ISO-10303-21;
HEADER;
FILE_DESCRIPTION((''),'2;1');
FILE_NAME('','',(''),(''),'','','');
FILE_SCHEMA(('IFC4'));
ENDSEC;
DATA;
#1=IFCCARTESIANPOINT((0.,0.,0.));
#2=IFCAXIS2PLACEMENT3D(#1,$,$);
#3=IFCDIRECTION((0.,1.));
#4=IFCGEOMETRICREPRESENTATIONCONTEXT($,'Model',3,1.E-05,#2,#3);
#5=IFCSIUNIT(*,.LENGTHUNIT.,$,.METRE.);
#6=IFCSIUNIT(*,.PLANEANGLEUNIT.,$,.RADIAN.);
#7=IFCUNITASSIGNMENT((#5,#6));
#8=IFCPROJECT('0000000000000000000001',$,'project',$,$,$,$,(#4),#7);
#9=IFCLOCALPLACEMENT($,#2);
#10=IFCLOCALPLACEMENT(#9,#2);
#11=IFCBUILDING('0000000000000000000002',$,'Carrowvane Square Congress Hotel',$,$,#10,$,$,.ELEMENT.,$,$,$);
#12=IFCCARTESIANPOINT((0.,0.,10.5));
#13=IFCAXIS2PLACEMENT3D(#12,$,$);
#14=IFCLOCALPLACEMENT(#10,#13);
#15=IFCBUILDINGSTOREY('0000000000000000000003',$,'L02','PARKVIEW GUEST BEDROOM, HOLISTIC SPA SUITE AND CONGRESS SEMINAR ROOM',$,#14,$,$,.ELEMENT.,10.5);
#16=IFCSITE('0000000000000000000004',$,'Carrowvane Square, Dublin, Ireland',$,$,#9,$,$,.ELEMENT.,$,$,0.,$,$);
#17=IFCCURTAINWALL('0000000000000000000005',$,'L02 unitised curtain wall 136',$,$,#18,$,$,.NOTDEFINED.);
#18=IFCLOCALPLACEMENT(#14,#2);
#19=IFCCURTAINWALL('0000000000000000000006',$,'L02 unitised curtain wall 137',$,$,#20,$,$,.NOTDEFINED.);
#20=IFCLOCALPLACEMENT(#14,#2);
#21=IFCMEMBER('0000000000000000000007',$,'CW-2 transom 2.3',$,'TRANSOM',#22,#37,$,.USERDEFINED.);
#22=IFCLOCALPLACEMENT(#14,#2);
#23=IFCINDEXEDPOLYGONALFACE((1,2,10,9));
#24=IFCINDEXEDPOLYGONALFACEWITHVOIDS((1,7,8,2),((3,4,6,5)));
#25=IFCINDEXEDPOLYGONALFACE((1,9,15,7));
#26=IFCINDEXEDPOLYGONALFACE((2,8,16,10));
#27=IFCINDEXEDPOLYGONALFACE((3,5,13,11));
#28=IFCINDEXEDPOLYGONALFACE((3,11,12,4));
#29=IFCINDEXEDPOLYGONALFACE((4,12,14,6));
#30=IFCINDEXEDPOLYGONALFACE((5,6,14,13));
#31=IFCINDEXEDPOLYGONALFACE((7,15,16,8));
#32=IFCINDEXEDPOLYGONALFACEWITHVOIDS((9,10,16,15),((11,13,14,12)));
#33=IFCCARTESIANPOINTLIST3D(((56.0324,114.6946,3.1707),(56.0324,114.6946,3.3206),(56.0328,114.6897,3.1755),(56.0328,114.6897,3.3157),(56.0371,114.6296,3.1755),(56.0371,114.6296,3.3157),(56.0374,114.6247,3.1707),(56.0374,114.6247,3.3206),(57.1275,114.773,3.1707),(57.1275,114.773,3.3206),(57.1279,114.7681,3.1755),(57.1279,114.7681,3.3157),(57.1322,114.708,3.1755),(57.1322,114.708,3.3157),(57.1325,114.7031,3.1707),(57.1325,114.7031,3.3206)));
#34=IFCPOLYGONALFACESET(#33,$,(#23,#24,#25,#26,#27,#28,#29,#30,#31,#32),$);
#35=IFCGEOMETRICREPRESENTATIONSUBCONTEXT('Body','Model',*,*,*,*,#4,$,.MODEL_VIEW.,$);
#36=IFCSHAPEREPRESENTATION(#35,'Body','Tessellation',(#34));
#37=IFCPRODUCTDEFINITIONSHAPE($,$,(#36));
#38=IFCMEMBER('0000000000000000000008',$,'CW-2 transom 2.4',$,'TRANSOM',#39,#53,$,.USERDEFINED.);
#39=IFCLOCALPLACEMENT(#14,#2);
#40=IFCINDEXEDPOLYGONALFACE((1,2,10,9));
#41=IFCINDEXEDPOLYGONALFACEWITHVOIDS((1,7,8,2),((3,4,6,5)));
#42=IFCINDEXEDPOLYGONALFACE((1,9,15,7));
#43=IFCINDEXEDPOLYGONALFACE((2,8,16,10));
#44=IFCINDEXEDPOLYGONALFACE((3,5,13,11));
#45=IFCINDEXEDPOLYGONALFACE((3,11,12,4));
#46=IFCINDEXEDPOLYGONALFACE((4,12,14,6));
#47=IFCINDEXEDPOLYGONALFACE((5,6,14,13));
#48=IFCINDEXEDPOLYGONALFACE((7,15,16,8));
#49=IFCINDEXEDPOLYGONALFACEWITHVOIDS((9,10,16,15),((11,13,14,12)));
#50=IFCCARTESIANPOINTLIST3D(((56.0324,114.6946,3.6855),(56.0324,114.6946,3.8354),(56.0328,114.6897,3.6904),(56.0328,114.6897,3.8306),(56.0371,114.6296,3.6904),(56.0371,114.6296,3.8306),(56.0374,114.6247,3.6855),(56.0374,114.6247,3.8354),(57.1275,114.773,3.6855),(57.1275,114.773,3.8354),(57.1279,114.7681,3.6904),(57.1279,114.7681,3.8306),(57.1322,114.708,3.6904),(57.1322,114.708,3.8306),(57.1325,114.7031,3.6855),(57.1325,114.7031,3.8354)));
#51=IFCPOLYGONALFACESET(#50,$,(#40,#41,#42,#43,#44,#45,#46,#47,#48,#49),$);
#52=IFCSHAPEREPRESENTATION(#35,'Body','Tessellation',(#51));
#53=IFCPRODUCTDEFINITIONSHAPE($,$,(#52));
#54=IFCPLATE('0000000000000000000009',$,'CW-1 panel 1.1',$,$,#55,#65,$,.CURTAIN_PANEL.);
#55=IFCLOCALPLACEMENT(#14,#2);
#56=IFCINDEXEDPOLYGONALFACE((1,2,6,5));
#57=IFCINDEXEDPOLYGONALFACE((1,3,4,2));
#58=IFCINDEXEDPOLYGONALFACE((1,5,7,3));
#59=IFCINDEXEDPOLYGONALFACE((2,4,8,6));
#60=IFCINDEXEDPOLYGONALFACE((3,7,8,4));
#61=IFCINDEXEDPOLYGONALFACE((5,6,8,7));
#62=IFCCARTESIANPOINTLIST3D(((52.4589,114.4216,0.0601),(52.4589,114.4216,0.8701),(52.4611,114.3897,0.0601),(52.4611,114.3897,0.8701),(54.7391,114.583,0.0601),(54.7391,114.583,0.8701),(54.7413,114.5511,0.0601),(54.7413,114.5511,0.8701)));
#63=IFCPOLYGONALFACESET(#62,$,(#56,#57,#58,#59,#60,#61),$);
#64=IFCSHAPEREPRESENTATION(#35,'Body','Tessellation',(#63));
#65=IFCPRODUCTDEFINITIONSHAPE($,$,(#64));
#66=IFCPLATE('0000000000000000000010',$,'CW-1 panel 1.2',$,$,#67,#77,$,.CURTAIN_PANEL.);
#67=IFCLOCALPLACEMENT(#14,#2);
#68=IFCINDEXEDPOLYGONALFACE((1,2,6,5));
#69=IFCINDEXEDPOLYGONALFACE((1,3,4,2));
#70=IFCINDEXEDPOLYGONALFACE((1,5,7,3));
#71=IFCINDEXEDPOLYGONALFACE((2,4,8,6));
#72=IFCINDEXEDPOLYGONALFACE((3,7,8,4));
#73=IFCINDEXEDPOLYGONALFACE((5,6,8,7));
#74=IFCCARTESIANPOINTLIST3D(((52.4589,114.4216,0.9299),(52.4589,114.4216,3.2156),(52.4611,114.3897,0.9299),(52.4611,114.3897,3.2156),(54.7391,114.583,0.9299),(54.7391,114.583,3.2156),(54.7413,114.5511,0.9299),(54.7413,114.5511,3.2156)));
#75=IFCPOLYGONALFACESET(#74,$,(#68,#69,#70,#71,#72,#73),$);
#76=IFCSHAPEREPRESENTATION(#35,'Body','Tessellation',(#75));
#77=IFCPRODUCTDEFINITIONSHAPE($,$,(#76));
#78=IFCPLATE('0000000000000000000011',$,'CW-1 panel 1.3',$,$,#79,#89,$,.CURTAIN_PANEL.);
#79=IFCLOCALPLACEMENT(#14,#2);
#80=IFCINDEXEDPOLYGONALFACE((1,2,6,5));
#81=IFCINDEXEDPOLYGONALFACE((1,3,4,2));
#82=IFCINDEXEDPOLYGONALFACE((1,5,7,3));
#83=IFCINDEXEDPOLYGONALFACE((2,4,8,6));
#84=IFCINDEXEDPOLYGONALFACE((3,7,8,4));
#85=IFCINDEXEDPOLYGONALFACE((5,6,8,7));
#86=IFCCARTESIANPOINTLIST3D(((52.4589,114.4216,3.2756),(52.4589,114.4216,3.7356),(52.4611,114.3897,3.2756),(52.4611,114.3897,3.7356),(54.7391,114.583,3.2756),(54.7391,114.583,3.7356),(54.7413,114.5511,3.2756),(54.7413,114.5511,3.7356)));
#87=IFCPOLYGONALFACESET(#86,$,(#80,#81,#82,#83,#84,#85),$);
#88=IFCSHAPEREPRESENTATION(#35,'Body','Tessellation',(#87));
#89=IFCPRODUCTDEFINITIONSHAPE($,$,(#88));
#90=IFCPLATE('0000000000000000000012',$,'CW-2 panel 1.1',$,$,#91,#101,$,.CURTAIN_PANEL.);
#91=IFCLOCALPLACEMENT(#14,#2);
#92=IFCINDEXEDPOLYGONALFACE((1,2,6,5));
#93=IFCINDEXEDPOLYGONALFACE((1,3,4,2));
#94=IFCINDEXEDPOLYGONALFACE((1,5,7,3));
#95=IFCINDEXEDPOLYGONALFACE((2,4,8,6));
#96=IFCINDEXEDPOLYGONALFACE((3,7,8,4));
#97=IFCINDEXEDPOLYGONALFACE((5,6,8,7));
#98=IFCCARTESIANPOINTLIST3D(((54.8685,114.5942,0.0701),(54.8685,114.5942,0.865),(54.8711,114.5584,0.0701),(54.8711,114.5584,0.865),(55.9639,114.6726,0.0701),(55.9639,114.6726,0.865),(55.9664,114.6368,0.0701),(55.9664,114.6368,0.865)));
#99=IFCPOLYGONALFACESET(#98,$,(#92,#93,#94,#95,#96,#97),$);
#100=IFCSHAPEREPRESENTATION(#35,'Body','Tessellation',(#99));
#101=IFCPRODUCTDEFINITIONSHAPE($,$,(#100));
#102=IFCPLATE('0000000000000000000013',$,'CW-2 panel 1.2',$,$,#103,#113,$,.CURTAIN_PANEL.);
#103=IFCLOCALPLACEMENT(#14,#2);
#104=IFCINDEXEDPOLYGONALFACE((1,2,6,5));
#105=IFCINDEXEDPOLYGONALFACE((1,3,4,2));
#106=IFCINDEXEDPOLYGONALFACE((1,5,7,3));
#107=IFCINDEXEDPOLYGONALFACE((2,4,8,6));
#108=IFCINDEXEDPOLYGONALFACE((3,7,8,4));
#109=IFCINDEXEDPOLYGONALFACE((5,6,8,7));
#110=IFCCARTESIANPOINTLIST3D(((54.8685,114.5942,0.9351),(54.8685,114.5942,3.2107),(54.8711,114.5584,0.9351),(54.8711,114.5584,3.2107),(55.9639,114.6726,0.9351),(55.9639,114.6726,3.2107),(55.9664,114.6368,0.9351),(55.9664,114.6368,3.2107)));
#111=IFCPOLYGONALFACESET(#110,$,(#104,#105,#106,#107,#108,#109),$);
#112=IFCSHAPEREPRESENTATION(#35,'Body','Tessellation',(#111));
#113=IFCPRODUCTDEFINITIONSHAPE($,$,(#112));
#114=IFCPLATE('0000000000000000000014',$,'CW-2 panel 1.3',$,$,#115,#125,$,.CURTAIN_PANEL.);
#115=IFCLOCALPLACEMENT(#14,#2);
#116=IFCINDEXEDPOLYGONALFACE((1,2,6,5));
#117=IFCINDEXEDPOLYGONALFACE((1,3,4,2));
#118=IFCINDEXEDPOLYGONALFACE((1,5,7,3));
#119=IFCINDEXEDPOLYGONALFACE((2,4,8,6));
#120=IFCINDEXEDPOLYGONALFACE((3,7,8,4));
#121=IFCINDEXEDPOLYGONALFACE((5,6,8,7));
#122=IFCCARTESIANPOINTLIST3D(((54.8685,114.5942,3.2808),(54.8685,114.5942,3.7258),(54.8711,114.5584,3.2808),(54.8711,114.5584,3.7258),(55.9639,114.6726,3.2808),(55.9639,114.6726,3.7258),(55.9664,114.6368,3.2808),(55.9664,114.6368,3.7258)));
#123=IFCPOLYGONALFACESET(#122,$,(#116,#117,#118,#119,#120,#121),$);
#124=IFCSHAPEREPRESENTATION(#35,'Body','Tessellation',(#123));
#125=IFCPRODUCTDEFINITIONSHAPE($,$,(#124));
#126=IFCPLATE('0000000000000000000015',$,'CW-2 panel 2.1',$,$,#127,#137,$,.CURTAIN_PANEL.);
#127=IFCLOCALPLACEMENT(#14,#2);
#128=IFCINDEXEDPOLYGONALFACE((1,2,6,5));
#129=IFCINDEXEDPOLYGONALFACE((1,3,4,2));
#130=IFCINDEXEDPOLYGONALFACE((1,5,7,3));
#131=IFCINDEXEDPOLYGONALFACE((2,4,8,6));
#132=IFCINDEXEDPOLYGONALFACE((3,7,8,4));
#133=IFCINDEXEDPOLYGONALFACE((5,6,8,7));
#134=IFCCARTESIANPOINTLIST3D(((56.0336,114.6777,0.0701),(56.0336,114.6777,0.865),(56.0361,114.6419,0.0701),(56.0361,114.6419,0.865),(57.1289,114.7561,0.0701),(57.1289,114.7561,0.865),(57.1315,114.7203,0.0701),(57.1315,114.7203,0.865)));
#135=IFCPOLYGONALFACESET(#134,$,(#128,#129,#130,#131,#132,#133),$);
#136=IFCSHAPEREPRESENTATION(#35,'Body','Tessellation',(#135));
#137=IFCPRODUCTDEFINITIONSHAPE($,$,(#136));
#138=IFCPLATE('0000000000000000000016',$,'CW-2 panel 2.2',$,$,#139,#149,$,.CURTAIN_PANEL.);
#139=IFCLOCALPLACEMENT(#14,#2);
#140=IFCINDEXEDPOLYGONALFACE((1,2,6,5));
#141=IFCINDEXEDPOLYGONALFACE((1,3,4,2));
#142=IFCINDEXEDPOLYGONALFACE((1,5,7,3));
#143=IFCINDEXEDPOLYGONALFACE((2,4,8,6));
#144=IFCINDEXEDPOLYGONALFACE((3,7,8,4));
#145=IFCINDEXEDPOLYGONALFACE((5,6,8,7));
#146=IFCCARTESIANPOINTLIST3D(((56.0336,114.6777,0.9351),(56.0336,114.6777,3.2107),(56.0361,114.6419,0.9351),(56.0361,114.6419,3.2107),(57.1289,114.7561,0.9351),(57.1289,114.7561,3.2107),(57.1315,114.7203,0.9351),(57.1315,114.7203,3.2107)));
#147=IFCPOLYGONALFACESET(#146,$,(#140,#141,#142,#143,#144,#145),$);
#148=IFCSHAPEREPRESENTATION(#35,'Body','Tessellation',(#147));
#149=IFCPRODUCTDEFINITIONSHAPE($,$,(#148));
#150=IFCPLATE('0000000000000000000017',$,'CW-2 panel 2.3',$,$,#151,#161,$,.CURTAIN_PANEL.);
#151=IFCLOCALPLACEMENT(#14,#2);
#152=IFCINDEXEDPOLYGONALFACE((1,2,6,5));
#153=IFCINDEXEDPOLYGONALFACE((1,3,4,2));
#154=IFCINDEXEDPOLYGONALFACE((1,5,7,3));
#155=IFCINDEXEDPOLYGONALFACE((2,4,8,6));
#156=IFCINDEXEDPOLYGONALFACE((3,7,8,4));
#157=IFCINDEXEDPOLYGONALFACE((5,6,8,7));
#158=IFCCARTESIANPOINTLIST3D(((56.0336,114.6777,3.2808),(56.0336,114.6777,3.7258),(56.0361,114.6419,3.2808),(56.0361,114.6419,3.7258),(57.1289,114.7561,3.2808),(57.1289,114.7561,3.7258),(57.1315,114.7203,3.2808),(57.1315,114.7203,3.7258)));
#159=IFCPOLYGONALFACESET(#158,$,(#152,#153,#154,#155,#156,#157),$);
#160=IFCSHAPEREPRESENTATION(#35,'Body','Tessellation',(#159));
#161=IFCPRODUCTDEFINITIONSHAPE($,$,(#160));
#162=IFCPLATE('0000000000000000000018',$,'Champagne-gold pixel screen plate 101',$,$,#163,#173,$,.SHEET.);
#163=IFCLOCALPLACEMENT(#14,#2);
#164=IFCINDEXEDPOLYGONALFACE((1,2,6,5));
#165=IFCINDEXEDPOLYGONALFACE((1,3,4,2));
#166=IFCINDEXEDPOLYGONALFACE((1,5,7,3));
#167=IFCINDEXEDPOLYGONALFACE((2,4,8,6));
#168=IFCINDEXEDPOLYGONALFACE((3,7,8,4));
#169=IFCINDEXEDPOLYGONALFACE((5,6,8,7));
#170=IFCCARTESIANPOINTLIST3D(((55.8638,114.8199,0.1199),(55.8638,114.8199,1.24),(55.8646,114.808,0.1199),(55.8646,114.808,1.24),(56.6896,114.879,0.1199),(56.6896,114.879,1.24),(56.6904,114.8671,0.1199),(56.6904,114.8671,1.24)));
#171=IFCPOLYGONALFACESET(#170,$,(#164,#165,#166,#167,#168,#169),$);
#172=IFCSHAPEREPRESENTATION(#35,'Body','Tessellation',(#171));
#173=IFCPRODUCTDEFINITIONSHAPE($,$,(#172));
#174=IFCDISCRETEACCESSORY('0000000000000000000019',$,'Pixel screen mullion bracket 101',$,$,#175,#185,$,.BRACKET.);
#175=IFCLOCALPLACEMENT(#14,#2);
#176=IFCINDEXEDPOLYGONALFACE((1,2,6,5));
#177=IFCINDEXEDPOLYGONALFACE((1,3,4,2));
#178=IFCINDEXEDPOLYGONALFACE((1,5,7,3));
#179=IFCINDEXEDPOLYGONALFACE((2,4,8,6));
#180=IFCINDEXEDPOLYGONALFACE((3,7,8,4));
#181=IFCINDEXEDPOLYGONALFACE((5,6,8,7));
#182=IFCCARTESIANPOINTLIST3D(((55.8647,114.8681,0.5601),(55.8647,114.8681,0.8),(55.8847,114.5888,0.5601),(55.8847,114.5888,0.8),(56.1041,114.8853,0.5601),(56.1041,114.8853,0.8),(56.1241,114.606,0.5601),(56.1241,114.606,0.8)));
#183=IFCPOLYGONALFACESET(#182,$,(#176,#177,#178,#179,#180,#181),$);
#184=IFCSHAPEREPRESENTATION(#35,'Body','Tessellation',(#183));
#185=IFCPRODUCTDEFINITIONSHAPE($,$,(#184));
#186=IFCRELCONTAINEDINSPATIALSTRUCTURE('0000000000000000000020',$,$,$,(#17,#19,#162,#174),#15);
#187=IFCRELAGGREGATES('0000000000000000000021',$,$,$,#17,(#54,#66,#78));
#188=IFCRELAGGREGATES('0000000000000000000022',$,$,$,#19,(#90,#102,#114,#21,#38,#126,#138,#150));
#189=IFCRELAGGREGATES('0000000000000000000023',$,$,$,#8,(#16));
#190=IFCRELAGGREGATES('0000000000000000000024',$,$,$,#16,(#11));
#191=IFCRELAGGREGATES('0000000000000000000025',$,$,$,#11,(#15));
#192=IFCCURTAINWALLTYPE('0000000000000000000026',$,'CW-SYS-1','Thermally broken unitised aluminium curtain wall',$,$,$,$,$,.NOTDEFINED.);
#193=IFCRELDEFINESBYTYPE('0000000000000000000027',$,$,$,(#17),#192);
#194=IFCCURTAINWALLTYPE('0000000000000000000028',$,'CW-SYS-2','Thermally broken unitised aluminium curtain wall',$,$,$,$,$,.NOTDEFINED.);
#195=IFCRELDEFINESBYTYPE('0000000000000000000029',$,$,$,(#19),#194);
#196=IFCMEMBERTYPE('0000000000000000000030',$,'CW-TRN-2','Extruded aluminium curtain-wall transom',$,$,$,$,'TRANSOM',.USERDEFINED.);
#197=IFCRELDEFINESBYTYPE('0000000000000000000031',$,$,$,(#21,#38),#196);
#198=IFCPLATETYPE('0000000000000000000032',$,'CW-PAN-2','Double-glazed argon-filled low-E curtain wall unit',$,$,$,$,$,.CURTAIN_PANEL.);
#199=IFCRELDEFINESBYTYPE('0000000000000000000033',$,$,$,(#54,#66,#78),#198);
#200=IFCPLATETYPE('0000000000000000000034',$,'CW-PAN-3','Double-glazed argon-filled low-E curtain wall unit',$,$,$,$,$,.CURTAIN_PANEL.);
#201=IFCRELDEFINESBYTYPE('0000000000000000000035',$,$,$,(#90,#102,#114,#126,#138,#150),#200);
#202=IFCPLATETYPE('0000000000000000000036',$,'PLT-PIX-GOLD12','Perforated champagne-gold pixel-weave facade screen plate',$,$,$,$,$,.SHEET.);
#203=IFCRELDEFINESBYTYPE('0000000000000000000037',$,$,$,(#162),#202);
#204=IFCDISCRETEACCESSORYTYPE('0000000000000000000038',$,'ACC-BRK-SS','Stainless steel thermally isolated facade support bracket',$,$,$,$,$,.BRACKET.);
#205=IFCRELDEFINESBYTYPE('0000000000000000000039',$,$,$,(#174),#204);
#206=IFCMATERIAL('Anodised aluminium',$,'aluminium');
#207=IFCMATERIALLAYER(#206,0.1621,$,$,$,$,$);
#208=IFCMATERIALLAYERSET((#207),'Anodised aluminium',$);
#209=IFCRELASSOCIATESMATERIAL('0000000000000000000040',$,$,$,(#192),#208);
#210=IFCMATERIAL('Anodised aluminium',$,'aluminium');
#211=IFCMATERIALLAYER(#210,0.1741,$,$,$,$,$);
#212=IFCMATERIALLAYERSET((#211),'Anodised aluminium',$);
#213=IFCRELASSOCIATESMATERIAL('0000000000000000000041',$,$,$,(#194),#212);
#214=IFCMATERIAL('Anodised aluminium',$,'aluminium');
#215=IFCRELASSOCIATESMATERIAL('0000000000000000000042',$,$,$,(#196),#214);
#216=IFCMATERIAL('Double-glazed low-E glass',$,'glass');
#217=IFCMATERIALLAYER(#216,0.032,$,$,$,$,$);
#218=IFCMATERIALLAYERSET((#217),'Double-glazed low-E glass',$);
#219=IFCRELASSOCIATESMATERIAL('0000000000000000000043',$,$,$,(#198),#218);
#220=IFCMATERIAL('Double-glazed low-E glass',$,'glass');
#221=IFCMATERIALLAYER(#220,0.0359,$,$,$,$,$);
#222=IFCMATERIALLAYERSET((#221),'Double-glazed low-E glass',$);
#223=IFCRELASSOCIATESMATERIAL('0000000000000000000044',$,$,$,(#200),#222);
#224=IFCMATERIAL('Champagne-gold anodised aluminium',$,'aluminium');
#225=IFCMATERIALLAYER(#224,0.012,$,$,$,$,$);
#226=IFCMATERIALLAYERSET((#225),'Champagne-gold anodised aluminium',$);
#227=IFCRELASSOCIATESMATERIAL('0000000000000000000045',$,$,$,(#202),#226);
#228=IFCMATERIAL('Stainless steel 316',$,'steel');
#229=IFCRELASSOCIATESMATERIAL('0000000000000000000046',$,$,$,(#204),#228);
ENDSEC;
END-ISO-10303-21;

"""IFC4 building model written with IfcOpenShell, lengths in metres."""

from ifc_helpers import new_model, si_unit, direction, frame, origin, origin_2d, place, context, subcontext, project, spatial, rectangle, hollow_rectangle, extrude, material, layer, layer_set, material_profile, profile_set, type_object, element, aggregate, save


model = new_model("IFC4")

# Units and contexts
model_context = context("Model", 3, precision=1e-05, world=origin(), true_north=direction((0.0, 1.0)))
body_context = subcontext(model_context, "Body", "Model", "MODEL_VIEW")
ifc_project = project(units=[si_unit("LENGTHUNIT", "METRE"), si_unit("PLANEANGLEUNIT", "RADIAN")], contexts=[model_context])

# Site, building, storey
site_placement = place(None, origin())
site = spatial("IfcSite", under=ifc_project, at=site_placement, Name="Carrowvane Square, Dublin, Ireland", CompositionType="ELEMENT", RefElevation=0.0)
building_placement = place(site_placement, origin())
building = spatial("IfcBuilding", under=site, at=building_placement, Name="Carrowvane Square Congress Hotel", CompositionType="ELEMENT")
storey_placement = place(building_placement, frame((0.0, 0.0, 10.5)))
storey = spatial("IfcBuildingStorey", under=building, at=storey_placement, Name="L02", Description="PARKVIEW GUEST BEDROOM, HOLISTIC SPA SUITE AND CONGRESS SEMINAR ROOM", CompositionType="ELEMENT", Elevation=10.5)

# Curtain wall
ifc_material_1 = material(Name="Anodised aluminium", Category="aluminium")
ifc_layer_1 = layer(ifc_material_1, 0.1621)
ifc_layer_set_1 = layer_set([ifc_layer_1], Name="Anodised aluminium")
curtain_wall_type_1 = type_object("IfcCurtainWallType", Name="CW-SYS-1", Description="Thermally broken unitised aluminium curtain wall", PredefinedType="NOTDEFINED", material=ifc_layer_set_1)
curtain_wall_1_placement = place(storey_placement, origin())
curtain_wall_1 = element("IfcCurtainWall", 1, at=curtain_wall_1_placement, inside=storey, type_object=curtain_wall_type_1, Name="L02 unitised curtain wall 136", PredefinedType="NOTDEFINED")

# Curtain wall
ifc_material_2 = material(Name="Anodised aluminium", Category="aluminium")
ifc_layer_2 = layer(ifc_material_2, 0.1741)
ifc_layer_set_2 = layer_set([ifc_layer_2], Name="Anodised aluminium")
curtain_wall_type_2 = type_object("IfcCurtainWallType", Name="CW-SYS-2", Description="Thermally broken unitised aluminium curtain wall", PredefinedType="NOTDEFINED", material=ifc_layer_set_2)
curtain_wall_2_placement = place(storey_placement, origin())
curtain_wall_2 = element("IfcCurtainWall", 2, at=curtain_wall_2_placement, inside=storey, type_object=curtain_wall_type_2, Name="L02 unitised curtain wall 137", PredefinedType="NOTDEFINED")

# Members
ifc_material_3 = material(Name="Anodised aluminium", Category="aluminium")
ifc_material_profile_1 = material_profile(ifc_material_3, hollow_rectangle(XDim=0.0701, YDim=0.1499, WallThickness=0.0049, at=origin_2d()), Name="CW-TR 70x150x5")
ifc_profile_set_1 = profile_set([ifc_material_profile_1], Name="Anodised aluminium")
member_type_1 = type_object("IfcMemberType", Name="CW-TRN-2", Description="Extruded aluminium curtain-wall transom", ElementType="TRANSOM", PredefinedType="USERDEFINED", material=ifc_profile_set_1)
member_1_placement = place(storey_placement, frame((56.0349, 114.6597, 3.2456), z_axis=(0.99745, 0.071373, 0.0), x_axis=(-0.071373, 0.99745, 0.0)))
member_1 = element("IfcMember", 3, at=member_1_placement, type_object=member_type_1, Name="CW-2 transom 2.3", ObjectType="TRANSOM", PredefinedType="USERDEFINED", context=body_context, shape_type="SweptSolid", body=[
    extrude(hollow_rectangle(XDim=0.0701, YDim=0.1499, WallThickness=0.0049, at=origin_2d()), origin(), (0.0, 0.0, 1.0), 1.0979),
])
member_2_placement = place(storey_placement, frame((56.0349, 114.6597, 3.7605), z_axis=(0.99745, 0.071373, 0.0), x_axis=(-0.071373, 0.99745, 0.0)))
member_2 = element("IfcMember", 4, at=member_2_placement, type_object=member_type_1, Name="CW-2 transom 2.4", ObjectType="TRANSOM", PredefinedType="USERDEFINED", context=body_context, shape_type="SweptSolid", body=[
    extrude(hollow_rectangle(XDim=0.0701, YDim=0.1499, WallThickness=0.0049, at=origin_2d()), origin(), (0.0, 0.0, 1.0), 1.0979),
])

# Plates
ifc_material_4 = material(Name="Double-glazed low-E glass", Category="glass")
ifc_layer_3 = layer(ifc_material_4, 0.032)
ifc_layer_set_3 = layer_set([ifc_layer_3], Name="Double-glazed low-E glass")
plate_type_1 = type_object("IfcPlateType", Name="CW-PAN-2", Description="Double-glazed argon-filled low-E curtain wall unit", PredefinedType="CURTAIN_PANEL", material=ifc_layer_set_3)
plate_1_placement = place(storey_placement, frame((53.6001, 114.4863, 0.0601), z_axis=(0.0, 0.0, 1.0), x_axis=(0.997506, 0.070586, 0.0)))
plate_1 = element("IfcPlate", 5, at=plate_1_placement, type_object=plate_type_1, Name="CW-1 panel 1.1", PredefinedType="CURTAIN_PANEL", context=body_context, shape_type="SweptSolid", body=[
    extrude(rectangle(XDim=2.2859, YDim=0.032, at=origin_2d()), origin(), (0.0, 0.0, 1.0), 0.8101),
])
plate_2_placement = place(storey_placement, frame((53.6001, 114.4863, 0.9299), z_axis=(0.0, 0.0, 1.0), x_axis=(0.997506, 0.070586, 0.0)))
plate_2 = element("IfcPlate", 6, at=plate_2_placement, type_object=plate_type_1, Name="CW-1 panel 1.2", PredefinedType="CURTAIN_PANEL", context=body_context, shape_type="SweptSolid", body=[
    extrude(rectangle(XDim=2.2859, YDim=0.032, at=origin_2d()), origin(), (0.0, 0.0, 1.0), 2.2856),
])
plate_3_placement = place(storey_placement, frame((53.6001, 114.4863, 3.2756), z_axis=(0.0, 0.0, 1.0), x_axis=(0.997506, 0.070586, 0.0)))
plate_3 = element("IfcPlate", 7, at=plate_3_placement, type_object=plate_type_1, Name="CW-1 panel 1.3", PredefinedType="CURTAIN_PANEL", context=body_context, shape_type="SweptSolid", body=[
    extrude(rectangle(XDim=2.2859, YDim=0.032, at=origin_2d()), origin(), (0.0, 0.0, 1.0), 0.46),
])
aggregate(curtain_wall_1, [plate_1, plate_2, plate_3])
ifc_material_5 = material(Name="Double-glazed low-E glass", Category="glass")
ifc_layer_4 = layer(ifc_material_5, 0.0359)
ifc_layer_set_4 = layer_set([ifc_layer_4], Name="Double-glazed low-E glass")
plate_type_2 = type_object("IfcPlateType", Name="CW-PAN-3", Description="Double-glazed argon-filled low-E curtain wall unit", PredefinedType="CURTAIN_PANEL", material=ifc_layer_set_4)
plate_4_placement = place(storey_placement, frame((55.4175, 114.6155, 0.0701), z_axis=(0.0, 0.0, 1.0), x_axis=(0.997446, 0.071418, 0.0)))
plate_4 = element("IfcPlate", 8, at=plate_4_placement, type_object=plate_type_2, Name="CW-2 panel 1.1", PredefinedType="CURTAIN_PANEL", context=body_context, shape_type="SweptSolid", body=[
    extrude(rectangle(XDim=1.0981, YDim=0.0359, at=origin_2d()), origin(), (0.0, 0.0, 1.0), 0.7949),
])
plate_5_placement = place(storey_placement, frame((55.4175, 114.6155, 0.9351), z_axis=(0.0, 0.0, 1.0), x_axis=(0.997446, 0.071418, 0.0)))
plate_5 = element("IfcPlate", 9, at=plate_5_placement, type_object=plate_type_2, Name="CW-2 panel 1.2", PredefinedType="CURTAIN_PANEL", context=body_context, shape_type="SweptSolid", body=[
    extrude(rectangle(XDim=1.0981, YDim=0.0359, at=origin_2d()), origin(), (0.0, 0.0, 1.0), 2.2756),
])
plate_6_placement = place(storey_placement, frame((55.4175, 114.6155, 3.2808), z_axis=(0.0, 0.0, 1.0), x_axis=(0.997446, 0.071418, 0.0)))
plate_6 = element("IfcPlate", 10, at=plate_6_placement, type_object=plate_type_2, Name="CW-2 panel 1.3", PredefinedType="CURTAIN_PANEL", context=body_context, shape_type="SweptSolid", body=[
    extrude(rectangle(XDim=1.0981, YDim=0.0359, at=origin_2d()), origin(), (0.0, 0.0, 1.0), 0.4451),
])
plate_7_placement = place(storey_placement, frame((56.5825, 114.699, 0.0701), z_axis=(0.0, 0.0, 1.0), x_axis=(0.997446, 0.071418, 0.0)))
plate_7 = element("IfcPlate", 11, at=plate_7_placement, type_object=plate_type_2, Name="CW-2 panel 2.1", PredefinedType="CURTAIN_PANEL", context=body_context, shape_type="SweptSolid", body=[
    extrude(rectangle(XDim=1.0981, YDim=0.0359, at=origin_2d()), origin(), (0.0, 0.0, 1.0), 0.7949),
])
plate_8_placement = place(storey_placement, frame((56.5825, 114.699, 0.9351), z_axis=(0.0, 0.0, 1.0), x_axis=(0.997446, 0.071418, 0.0)))
plate_8 = element("IfcPlate", 12, at=plate_8_placement, type_object=plate_type_2, Name="CW-2 panel 2.2", PredefinedType="CURTAIN_PANEL", context=body_context, shape_type="SweptSolid", body=[
    extrude(rectangle(XDim=1.0981, YDim=0.0359, at=origin_2d()), origin(), (0.0, 0.0, 1.0), 2.2756),
])
plate_9_placement = place(storey_placement, frame((56.5825, 114.699, 3.2808), z_axis=(0.0, 0.0, 1.0), x_axis=(0.997446, 0.071418, 0.0)))
plate_9 = element("IfcPlate", 13, at=plate_9_placement, type_object=plate_type_2, Name="CW-2 panel 2.3", PredefinedType="CURTAIN_PANEL", context=body_context, shape_type="SweptSolid", body=[
    extrude(rectangle(XDim=1.0981, YDim=0.0359, at=origin_2d()), origin(), (0.0, 0.0, 1.0), 0.4451),
])
aggregate(curtain_wall_2, [plate_4, plate_5, plate_6, member_1, member_2, plate_7, plate_8, plate_9])
ifc_material_6 = material(Name="Champagne-gold anodised aluminium", Category="aluminium")
ifc_layer_5 = layer(ifc_material_6, 0.012)
ifc_layer_set_5 = layer_set([ifc_layer_5], Name="Champagne-gold anodised aluminium")
plate_type_3 = type_object("IfcPlateType", Name="PLT-PIX-GOLD12", Description="Perforated champagne-gold pixel-weave facade screen plate", PredefinedType="SHEET", material=ifc_layer_set_5)
plate_10_placement = place(storey_placement, frame((56.2771, 114.8435, 0.1199), z_axis=(0.0, 0.0, 1.0), x_axis=(0.997446, 0.07142, 0.0)))
element("IfcPlate", 14, at=plate_10_placement, inside=storey, type_object=plate_type_3, Name="Champagne-gold pixel screen plate 101", PredefinedType="SHEET", context=body_context, shape_type="SweptSolid", body=[
    extrude(rectangle(XDim=0.8279, YDim=0.012, at=origin_2d()), origin(), (0.0, 0.0, 1.0), 1.1201),
])

# Discrete accessory
ifc_material_7 = material(Name="Stainless steel 316", Category="steel")
discrete_accessory_type = type_object("IfcDiscreteAccessoryType", Name="ACC-BRK-SS", Description="Stainless steel thermally isolated facade support bracket", PredefinedType="BRACKET", material=ifc_material_7)
discrete_accessory_placement = place(storey_placement, frame((55.9944, 114.7371, 0.5601), z_axis=(0.0, 0.0, 1.0), x_axis=(0.997446, 0.07142, 0.0)))
element("IfcDiscreteAccessory", 15, at=discrete_accessory_placement, inside=storey, type_object=discrete_accessory_type, Name="Pixel screen mullion bracket 101", PredefinedType="BRACKET", context=body_context, shape_type="SweptSolid", body=[
    extrude(rectangle(XDim=0.24, YDim=0.28, at=origin_2d()), origin(), (0.0, 0.0, 1.0), 0.24),
])

save(model, "model.ifc")
